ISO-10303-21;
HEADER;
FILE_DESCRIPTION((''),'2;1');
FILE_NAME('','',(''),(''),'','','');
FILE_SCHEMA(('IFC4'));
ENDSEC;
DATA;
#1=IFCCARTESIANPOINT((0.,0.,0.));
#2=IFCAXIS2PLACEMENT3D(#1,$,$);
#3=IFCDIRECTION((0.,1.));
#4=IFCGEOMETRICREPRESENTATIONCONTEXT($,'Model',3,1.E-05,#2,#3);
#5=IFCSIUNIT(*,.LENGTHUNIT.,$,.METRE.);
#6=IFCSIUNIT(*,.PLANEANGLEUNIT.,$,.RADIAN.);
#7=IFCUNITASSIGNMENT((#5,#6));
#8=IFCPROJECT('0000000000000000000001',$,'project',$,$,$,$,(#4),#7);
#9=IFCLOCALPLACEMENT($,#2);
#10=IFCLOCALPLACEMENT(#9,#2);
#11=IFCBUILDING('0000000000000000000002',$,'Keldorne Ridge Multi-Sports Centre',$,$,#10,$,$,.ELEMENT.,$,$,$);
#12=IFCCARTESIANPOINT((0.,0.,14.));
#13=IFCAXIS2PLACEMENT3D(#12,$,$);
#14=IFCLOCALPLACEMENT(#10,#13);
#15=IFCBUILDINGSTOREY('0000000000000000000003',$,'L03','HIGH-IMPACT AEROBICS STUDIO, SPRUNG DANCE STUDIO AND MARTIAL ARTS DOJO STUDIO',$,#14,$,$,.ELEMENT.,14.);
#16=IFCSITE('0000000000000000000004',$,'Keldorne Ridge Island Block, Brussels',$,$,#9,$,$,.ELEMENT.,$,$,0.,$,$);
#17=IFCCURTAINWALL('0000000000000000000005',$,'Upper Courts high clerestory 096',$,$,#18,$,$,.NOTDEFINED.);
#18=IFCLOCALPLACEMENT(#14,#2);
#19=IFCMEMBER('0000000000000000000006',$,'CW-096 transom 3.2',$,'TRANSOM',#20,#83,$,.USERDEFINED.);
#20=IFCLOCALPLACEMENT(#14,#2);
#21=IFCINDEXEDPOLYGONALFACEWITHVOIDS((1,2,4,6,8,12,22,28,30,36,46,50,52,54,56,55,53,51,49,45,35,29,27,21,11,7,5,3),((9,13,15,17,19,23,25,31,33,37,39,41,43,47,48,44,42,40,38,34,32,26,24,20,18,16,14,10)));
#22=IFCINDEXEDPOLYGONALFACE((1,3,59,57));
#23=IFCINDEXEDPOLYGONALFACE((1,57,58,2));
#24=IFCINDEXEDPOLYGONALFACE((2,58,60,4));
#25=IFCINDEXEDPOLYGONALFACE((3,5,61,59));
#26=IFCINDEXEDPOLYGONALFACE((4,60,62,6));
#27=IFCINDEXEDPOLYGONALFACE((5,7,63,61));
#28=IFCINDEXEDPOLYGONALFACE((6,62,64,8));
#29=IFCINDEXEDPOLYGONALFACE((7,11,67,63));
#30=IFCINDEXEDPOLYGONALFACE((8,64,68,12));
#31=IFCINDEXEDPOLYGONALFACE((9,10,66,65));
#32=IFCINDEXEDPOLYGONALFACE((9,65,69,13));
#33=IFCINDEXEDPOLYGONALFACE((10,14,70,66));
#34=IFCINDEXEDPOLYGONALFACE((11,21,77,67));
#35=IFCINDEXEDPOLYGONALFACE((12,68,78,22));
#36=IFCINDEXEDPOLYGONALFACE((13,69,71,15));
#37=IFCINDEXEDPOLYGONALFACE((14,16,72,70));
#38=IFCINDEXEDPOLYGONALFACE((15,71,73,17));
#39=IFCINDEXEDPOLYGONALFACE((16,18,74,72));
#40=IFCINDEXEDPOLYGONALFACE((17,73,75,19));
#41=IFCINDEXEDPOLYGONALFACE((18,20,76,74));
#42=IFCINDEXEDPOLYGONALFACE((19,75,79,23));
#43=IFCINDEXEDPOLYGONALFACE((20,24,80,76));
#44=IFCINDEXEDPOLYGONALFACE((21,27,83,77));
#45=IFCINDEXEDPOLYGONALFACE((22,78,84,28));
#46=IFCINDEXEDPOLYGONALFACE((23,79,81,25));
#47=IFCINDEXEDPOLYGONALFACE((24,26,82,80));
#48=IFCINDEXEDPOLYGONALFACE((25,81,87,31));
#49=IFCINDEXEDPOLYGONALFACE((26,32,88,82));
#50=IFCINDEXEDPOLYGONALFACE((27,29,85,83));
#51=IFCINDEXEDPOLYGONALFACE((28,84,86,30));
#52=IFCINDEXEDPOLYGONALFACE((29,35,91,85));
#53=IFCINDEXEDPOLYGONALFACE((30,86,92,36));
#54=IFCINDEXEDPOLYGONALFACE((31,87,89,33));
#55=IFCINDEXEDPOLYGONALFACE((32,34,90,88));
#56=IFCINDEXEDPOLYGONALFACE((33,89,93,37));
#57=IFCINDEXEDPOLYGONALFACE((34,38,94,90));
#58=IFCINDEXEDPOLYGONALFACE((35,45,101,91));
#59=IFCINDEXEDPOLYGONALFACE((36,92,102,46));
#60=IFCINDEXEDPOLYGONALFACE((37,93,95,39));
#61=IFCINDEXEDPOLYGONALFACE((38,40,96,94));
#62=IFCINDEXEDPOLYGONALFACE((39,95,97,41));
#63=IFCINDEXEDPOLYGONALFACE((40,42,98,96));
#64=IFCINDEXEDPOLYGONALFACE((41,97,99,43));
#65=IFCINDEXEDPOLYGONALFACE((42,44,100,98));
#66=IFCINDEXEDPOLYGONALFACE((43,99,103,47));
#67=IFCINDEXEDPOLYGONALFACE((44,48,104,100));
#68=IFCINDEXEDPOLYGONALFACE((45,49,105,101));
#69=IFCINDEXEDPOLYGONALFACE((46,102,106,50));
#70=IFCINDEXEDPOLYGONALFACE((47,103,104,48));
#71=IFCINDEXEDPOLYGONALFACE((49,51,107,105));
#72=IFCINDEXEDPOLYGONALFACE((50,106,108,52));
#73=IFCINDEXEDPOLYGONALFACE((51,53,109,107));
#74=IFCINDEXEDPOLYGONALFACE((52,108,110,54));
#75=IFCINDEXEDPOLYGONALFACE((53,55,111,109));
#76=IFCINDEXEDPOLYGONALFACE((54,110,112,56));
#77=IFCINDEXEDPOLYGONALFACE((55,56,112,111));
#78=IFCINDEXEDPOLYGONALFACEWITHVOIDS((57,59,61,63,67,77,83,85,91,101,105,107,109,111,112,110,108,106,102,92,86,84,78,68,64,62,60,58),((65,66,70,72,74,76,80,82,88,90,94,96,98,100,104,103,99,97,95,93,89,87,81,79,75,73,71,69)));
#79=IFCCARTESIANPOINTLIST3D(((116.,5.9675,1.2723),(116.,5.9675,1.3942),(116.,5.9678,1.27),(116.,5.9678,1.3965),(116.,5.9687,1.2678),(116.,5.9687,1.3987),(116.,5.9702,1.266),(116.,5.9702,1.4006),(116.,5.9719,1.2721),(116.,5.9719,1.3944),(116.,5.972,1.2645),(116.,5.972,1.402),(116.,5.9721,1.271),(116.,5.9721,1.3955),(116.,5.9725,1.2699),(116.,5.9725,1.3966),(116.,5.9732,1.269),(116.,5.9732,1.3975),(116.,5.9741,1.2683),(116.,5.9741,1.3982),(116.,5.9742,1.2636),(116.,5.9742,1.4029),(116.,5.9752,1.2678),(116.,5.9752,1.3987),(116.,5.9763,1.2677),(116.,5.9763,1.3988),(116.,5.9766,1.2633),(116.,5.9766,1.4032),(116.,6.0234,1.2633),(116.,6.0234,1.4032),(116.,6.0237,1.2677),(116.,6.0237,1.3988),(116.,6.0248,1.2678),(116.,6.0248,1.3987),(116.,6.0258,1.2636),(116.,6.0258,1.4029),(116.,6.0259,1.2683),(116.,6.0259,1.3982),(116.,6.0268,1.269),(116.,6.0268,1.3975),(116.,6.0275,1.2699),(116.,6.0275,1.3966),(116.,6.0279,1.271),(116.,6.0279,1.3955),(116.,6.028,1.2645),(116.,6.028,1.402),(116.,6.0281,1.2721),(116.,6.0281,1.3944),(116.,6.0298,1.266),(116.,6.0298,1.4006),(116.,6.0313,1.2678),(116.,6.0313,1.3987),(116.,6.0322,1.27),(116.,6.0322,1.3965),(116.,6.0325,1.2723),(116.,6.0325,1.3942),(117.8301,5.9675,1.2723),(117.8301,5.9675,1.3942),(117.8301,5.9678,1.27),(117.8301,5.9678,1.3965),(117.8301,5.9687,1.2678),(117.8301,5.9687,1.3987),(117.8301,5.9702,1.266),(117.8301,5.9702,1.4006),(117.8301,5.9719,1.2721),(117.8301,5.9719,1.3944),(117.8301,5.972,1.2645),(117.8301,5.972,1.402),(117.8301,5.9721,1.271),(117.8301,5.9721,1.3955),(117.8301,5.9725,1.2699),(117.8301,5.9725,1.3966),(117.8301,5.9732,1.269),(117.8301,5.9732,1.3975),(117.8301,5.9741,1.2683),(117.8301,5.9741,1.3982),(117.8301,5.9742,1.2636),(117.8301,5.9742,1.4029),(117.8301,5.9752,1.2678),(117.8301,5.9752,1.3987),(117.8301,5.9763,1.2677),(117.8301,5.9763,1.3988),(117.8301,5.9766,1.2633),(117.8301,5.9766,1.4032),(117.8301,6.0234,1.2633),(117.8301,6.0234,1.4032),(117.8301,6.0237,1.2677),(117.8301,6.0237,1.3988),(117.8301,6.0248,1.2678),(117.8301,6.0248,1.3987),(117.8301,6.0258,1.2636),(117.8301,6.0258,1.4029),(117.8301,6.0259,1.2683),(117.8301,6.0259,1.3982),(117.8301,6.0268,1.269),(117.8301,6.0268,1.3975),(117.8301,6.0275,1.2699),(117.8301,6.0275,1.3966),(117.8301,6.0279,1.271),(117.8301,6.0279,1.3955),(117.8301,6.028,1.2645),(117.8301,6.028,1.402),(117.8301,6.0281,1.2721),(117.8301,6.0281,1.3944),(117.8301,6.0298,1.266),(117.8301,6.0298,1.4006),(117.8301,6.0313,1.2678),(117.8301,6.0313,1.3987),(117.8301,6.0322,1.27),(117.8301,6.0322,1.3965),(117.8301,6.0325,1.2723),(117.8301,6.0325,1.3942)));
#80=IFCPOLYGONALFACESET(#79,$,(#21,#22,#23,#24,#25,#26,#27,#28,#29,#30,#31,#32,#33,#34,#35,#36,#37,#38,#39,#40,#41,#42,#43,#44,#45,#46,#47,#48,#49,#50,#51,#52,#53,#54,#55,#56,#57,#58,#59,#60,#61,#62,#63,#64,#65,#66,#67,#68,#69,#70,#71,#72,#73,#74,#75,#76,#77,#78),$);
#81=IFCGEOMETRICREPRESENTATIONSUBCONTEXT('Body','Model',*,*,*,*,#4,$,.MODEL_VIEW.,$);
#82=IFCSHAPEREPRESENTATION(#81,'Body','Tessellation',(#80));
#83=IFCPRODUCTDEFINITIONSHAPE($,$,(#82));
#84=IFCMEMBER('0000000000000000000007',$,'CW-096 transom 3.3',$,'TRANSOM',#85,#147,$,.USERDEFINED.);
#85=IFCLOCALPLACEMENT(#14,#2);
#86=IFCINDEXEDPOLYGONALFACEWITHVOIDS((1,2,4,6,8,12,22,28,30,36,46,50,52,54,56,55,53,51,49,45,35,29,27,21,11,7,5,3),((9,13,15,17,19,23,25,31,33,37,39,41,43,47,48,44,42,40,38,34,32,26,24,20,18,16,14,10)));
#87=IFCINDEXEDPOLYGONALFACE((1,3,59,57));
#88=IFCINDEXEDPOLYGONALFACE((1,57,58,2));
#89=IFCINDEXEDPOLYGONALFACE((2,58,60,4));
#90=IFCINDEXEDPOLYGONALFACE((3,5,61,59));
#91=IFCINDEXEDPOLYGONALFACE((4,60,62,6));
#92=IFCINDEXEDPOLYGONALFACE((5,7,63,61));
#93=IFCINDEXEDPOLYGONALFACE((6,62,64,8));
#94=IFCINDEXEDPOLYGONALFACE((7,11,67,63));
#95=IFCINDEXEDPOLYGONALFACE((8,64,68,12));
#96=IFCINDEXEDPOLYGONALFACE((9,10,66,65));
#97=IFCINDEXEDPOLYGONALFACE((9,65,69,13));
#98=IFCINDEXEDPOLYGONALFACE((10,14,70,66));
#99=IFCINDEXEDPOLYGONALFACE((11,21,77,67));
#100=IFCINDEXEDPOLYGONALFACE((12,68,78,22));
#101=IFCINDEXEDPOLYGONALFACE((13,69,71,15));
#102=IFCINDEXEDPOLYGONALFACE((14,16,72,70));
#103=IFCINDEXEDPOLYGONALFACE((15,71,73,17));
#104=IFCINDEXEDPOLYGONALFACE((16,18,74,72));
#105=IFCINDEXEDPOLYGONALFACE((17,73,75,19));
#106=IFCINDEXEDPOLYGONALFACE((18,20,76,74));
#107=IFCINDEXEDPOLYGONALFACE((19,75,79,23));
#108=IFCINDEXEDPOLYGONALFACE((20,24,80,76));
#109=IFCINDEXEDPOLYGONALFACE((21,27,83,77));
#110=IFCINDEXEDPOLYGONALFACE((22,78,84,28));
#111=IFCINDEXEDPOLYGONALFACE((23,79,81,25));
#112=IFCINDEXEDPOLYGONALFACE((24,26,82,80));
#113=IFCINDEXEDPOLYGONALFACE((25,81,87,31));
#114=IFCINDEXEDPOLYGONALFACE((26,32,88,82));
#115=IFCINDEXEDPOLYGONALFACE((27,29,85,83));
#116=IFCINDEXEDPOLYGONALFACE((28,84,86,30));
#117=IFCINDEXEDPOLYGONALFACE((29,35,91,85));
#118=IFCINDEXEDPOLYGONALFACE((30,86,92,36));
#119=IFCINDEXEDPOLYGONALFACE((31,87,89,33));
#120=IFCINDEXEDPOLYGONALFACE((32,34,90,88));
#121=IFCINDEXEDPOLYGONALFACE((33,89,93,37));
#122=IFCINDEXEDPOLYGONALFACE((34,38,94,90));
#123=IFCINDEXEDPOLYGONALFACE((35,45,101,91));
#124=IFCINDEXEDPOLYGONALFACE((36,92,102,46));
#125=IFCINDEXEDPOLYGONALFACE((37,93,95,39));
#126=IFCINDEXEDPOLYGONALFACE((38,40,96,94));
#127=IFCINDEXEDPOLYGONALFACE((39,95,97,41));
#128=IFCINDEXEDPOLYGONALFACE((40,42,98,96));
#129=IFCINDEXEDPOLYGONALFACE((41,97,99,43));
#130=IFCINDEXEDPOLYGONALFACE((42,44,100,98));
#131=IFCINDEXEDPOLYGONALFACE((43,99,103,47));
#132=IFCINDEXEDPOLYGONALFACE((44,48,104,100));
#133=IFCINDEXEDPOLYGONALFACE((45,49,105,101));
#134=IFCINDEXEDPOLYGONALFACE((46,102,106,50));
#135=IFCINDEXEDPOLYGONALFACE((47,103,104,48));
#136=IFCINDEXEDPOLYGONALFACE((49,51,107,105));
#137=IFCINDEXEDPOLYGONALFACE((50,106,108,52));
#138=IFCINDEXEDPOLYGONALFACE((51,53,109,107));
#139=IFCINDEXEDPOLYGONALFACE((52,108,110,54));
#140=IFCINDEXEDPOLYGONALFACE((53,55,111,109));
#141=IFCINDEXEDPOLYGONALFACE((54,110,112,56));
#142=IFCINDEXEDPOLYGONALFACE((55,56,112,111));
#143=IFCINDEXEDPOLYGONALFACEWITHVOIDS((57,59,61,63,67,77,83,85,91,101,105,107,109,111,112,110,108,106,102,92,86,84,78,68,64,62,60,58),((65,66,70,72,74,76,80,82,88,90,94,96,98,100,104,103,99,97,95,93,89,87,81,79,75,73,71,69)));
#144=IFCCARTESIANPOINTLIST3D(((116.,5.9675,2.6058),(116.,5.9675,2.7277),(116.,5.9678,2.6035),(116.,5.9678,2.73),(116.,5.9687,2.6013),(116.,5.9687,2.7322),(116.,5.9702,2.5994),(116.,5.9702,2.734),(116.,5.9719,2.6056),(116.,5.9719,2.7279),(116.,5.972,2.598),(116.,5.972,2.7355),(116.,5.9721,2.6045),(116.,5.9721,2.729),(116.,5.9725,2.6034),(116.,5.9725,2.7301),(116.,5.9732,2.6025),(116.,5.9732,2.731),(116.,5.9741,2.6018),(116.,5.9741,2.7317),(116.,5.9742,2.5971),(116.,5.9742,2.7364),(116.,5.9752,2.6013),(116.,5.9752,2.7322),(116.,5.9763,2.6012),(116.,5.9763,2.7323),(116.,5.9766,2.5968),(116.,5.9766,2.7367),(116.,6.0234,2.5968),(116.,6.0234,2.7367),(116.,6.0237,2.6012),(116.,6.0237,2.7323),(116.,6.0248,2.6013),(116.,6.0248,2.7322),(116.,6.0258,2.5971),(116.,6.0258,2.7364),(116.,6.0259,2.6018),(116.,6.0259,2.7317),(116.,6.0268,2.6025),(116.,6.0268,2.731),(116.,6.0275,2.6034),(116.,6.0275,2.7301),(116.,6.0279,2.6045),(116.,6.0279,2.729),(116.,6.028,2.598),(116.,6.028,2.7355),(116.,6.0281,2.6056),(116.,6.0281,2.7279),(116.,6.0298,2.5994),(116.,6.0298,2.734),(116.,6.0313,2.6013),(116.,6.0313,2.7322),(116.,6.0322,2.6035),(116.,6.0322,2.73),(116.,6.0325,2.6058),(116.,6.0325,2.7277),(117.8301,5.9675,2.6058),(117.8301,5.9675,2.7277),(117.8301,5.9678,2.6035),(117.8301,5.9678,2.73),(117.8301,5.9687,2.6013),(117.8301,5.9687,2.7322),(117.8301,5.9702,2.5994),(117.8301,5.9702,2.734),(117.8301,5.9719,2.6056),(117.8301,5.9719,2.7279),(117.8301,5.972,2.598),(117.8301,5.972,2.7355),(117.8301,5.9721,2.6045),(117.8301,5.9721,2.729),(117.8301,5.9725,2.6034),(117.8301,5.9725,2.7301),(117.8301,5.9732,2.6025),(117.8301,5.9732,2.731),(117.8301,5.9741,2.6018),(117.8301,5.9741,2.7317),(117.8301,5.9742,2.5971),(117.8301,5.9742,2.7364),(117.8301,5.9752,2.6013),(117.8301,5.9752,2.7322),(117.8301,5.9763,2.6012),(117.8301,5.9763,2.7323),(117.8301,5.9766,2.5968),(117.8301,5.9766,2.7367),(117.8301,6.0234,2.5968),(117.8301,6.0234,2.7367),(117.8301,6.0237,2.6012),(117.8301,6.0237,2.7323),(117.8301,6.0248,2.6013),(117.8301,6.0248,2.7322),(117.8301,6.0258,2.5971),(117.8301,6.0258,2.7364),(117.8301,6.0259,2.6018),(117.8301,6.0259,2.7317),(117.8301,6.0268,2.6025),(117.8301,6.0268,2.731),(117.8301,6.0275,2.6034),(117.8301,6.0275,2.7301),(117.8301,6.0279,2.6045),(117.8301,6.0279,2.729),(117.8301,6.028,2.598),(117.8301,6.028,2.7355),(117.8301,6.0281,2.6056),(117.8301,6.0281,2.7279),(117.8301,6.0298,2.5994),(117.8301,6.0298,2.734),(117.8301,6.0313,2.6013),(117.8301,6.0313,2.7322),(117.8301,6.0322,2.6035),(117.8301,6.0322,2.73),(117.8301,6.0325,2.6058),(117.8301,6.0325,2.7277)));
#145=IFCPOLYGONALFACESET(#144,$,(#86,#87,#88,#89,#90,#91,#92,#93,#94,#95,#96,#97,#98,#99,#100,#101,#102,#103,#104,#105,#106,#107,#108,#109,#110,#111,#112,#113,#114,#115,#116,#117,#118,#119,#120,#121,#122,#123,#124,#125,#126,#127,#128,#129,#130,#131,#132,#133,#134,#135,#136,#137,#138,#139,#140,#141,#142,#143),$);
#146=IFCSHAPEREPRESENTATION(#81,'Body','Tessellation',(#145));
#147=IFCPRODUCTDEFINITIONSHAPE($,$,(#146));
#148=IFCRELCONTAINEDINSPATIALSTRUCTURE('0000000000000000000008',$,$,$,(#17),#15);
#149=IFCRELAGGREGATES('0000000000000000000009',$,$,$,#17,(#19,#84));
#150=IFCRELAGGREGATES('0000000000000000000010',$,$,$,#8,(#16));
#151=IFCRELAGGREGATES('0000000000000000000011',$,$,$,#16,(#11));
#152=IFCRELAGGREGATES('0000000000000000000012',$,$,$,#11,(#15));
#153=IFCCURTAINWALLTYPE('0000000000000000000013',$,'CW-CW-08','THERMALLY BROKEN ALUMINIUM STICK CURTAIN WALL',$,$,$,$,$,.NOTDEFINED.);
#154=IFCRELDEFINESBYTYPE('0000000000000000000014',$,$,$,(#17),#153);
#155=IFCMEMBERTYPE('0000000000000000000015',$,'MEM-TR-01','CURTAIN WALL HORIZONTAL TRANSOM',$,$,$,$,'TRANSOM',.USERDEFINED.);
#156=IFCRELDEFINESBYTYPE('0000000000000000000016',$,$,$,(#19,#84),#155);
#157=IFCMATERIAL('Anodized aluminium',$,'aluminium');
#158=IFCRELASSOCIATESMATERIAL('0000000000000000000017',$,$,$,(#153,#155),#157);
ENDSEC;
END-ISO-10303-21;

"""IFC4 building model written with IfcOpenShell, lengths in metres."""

from ifc_helpers import new_model, si_unit, direction, frame, origin, origin_2d, place, context, subcontext, project, spatial, hollow_rectangle, extrude, material, material_profile, profile_set, type_object, element, aggregate, save


model = new_model("IFC4")

# Units and contexts
model_context = context("Model", 3, precision=1e-05, world=origin(), true_north=direction((0.0, 1.0)))
body_context = subcontext(model_context, "Body", "Model", "MODEL_VIEW")
ifc_project = project(units=[si_unit("LENGTHUNIT", "METRE"), si_unit("PLANEANGLEUNIT", "RADIAN")], contexts=[model_context])

# Site, building, storey
site_placement = place(None, origin())
site = spatial("IfcSite", under=ifc_project, at=site_placement, Name="Keldorne Ridge Island Block, Brussels", CompositionType="ELEMENT", RefElevation=0.0)
building_placement = place(site_placement, origin())
building = spatial("IfcBuilding", under=site, at=building_placement, Name="Keldorne Ridge Multi-Sports Centre", CompositionType="ELEMENT")
storey_placement = place(building_placement, frame((0.0, 0.0, 14.0)))
storey = spatial("IfcBuildingStorey", under=building, at=storey_placement, Name="L03", Description="HIGH-IMPACT AEROBICS STUDIO, SPRUNG DANCE STUDIO AND MARTIAL ARTS DOJO STUDIO", CompositionType="ELEMENT", Elevation=14.0)

# Curtain wall
ifc_material_1 = material(Name="Anodized aluminium", Category="aluminium")
curtain_wall_type = type_object("IfcCurtainWallType", Name="CW-CW-08", Description="THERMALLY BROKEN ALUMINIUM STICK CURTAIN WALL", PredefinedType="NOTDEFINED", material=ifc_material_1)
curtain_wall_placement = place(storey_placement, origin())
curtain_wall = element("IfcCurtainWall", 1, at=curtain_wall_placement, inside=storey, type_object=curtain_wall_type, Name="Upper Courts high clerestory 096", PredefinedType="NOTDEFINED")

# Members
ifc_material_profile_1 = material_profile(ifc_material_1, hollow_rectangle(XDim=0.0649, YDim=0.1399, WallThickness=0.0044, InnerFilletRadius=0.0044, OuterFilletRadius=0.009, at=origin_2d()), Name="ALU TRANSOM 140x65x4.5")
ifc_profile_set_1 = profile_set([ifc_material_profile_1], Name="Anodized aluminium")
member_type_1 = type_object("IfcMemberType", Name="MEM-TR-01", Description="CURTAIN WALL HORIZONTAL TRANSOM", ElementType="TRANSOM", PredefinedType="USERDEFINED", material=ifc_profile_set_1)
member_1_placement = place(storey_placement, frame((116.0, 6.0, 1.3333), z_axis=(1.0, 0.0, 0.0), x_axis=(0.0, 1.0, 0.0)))
member_1 = element("IfcMember", 2, at=member_1_placement, type_object=member_type_1, Name="CW-096 transom 3.2", ObjectType="TRANSOM", PredefinedType="USERDEFINED", context=body_context, shape_type="SweptSolid", body=[
    extrude(hollow_rectangle(XDim=0.0649, YDim=0.1399, WallThickness=0.0044, InnerFilletRadius=0.0044, OuterFilletRadius=0.009, at=origin_2d()), origin(), (0.0, 0.0, 1.0), 1.8301),
])
member_2_placement = place(storey_placement, frame((116.0, 6.0, 2.6667), z_axis=(1.0, 0.0, 0.0), x_axis=(0.0, 1.0, 0.0)))
member_2 = element("IfcMember", 3, at=member_2_placement, type_object=member_type_1, Name="CW-096 transom 3.3", ObjectType="TRANSOM", PredefinedType="USERDEFINED", context=body_context, shape_type="SweptSolid", body=[
    extrude(hollow_rectangle(XDim=0.0649, YDim=0.1399, WallThickness=0.0044, InnerFilletRadius=0.0044, OuterFilletRadius=0.009, at=origin_2d()), origin(), (0.0, 0.0, 1.0), 1.8301),
])

aggregate(curtain_wall, [member_1, member_2])

save(model, "model.ifc")
